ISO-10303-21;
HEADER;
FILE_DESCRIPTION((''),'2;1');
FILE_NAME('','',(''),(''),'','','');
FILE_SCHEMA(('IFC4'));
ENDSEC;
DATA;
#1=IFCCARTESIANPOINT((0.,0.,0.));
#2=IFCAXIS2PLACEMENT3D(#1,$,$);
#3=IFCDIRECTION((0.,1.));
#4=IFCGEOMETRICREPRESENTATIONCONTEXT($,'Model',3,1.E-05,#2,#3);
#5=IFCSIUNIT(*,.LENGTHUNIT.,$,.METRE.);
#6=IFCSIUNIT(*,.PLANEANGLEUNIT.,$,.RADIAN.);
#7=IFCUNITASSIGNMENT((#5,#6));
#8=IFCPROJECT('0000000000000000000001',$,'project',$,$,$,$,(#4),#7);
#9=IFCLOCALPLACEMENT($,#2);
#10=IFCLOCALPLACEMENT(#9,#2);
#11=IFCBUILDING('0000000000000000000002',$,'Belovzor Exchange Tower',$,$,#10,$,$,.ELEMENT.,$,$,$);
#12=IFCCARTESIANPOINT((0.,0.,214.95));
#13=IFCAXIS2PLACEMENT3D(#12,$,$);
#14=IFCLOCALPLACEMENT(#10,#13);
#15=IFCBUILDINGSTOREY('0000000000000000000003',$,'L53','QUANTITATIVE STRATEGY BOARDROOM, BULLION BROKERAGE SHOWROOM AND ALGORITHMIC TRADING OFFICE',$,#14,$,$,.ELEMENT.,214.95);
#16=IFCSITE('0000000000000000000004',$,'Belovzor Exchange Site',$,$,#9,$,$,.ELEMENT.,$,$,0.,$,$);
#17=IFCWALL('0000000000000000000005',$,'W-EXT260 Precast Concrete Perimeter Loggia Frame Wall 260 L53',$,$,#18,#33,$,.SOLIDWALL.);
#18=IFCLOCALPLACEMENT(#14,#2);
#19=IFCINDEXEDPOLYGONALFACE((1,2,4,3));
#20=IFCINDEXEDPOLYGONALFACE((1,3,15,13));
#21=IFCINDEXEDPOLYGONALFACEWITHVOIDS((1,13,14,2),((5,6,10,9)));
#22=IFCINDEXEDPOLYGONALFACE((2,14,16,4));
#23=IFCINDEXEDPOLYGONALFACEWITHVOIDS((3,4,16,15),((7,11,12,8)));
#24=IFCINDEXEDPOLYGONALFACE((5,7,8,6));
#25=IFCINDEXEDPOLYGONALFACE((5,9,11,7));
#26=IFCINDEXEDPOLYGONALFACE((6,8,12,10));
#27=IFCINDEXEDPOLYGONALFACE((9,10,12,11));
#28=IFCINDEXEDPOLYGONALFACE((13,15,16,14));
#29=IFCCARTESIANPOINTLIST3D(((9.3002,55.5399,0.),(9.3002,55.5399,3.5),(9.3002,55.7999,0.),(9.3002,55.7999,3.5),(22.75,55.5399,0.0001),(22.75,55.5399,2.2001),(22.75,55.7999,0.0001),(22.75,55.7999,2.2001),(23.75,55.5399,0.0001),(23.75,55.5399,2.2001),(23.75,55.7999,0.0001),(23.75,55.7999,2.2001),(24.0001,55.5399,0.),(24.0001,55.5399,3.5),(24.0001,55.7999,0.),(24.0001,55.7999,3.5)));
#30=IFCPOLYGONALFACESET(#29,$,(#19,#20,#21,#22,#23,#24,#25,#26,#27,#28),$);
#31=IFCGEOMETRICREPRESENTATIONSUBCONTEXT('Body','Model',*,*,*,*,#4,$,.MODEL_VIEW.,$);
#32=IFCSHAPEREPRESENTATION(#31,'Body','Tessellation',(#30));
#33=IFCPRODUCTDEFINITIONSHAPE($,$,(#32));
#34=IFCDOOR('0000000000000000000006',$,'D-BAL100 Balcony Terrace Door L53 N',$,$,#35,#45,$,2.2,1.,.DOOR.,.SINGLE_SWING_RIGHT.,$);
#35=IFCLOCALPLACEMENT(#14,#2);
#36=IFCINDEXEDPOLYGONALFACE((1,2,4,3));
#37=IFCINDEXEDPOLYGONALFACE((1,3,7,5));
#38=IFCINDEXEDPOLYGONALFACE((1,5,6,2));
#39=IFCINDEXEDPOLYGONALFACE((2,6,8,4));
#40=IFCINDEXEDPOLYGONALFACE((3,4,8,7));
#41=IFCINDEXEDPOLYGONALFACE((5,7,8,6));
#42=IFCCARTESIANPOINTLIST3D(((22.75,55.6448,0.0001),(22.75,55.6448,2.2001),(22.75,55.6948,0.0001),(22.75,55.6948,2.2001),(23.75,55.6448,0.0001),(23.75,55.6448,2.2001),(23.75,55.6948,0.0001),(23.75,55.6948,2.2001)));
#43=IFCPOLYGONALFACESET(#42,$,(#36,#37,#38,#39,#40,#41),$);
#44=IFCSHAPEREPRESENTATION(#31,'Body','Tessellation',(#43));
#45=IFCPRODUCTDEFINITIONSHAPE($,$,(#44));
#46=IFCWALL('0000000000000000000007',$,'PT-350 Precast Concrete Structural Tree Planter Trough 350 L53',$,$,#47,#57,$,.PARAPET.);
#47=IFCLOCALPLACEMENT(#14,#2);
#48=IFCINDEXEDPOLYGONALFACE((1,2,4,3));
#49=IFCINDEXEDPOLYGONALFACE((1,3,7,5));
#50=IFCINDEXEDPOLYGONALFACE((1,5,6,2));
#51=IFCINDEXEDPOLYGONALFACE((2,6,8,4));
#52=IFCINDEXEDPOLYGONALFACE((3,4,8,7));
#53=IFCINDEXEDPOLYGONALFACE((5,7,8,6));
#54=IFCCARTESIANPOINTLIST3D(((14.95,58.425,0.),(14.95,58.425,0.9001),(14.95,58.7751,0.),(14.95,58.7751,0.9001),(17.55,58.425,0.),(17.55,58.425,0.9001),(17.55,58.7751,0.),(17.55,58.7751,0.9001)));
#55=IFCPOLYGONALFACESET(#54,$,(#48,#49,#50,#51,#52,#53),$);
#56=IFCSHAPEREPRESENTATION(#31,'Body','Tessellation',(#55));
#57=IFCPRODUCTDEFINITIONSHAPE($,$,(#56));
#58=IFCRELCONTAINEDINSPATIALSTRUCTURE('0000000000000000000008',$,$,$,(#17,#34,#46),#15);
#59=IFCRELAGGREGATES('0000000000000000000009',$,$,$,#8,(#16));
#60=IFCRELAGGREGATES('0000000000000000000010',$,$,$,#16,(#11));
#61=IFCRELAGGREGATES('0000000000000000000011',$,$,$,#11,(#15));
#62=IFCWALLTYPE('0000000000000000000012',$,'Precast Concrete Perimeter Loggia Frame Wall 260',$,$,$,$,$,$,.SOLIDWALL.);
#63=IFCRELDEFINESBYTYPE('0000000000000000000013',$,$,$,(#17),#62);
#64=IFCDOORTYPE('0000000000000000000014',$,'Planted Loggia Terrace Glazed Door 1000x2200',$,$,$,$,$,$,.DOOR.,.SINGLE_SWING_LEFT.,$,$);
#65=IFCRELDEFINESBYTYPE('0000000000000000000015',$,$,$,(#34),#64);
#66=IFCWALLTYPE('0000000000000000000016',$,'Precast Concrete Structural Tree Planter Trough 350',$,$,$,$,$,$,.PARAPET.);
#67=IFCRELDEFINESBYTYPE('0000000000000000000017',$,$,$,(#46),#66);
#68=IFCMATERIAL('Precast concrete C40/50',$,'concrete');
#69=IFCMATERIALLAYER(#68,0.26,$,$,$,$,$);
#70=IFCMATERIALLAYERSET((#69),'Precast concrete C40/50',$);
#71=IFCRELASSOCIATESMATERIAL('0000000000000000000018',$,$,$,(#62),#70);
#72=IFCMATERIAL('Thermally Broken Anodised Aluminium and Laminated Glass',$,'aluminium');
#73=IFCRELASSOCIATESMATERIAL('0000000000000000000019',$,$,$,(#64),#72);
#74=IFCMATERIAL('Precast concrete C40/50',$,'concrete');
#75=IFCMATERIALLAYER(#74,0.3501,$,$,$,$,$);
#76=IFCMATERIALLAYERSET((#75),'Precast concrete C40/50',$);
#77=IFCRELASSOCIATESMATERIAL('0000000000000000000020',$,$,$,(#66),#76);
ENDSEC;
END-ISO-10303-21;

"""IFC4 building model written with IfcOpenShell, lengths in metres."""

from ifc_helpers import new_model, si_unit, direction, frame, frame_2d, origin, place, context, subcontext, project, spatial, rectangle, extrude, material, layer, layer_set, type_object, element, fill, save


model = new_model("IFC4")

# Units and contexts
model_context = context("Model", 3, precision=1e-05, world=origin(), true_north=direction((0.0, 1.0)))
body_context = subcontext(model_context, "Body", "Model", "MODEL_VIEW")
ifc_project = project(units=[si_unit("LENGTHUNIT", "METRE"), si_unit("PLANEANGLEUNIT", "RADIAN")], contexts=[model_context])

# Site, building, storey
site_placement = place(None, origin())
site = spatial("IfcSite", under=ifc_project, at=site_placement, Name="Belovzor Exchange Site", CompositionType="ELEMENT", RefElevation=0.0)
building_placement = place(site_placement, origin())
building = spatial("IfcBuilding", under=site, at=building_placement, Name="Belovzor Exchange Tower", CompositionType="ELEMENT")
storey_placement = place(building_placement, frame((0.0, 0.0, 214.95)))
storey = spatial("IfcBuildingStorey", under=building, at=storey_placement, Name="L53", Description="QUANTITATIVE STRATEGY BOARDROOM, BULLION BROKERAGE SHOWROOM AND ALGORITHMIC TRADING OFFICE", CompositionType="ELEMENT", Elevation=214.95)

# Wall, opening, door
ifc_material_1 = material(Name="Precast concrete C40/50", Category="concrete")
ifc_layer_1 = layer(ifc_material_1, 0.26)
ifc_layer_set_1 = layer_set([ifc_layer_1], Name="Precast concrete C40/50")
wall_type_1 = type_object("IfcWallType", Name="Precast Concrete Perimeter Loggia Frame Wall 260", PredefinedType="SOLIDWALL", material=ifc_layer_set_1)
wall_1_placement = place(storey_placement, frame((9.3, 55.6699, 0.0), z_axis=(0.0, 0.0, 1.0), x_axis=(1.0, 0.0, 0.0)))
wall_1 = element("IfcWall", 1, at=wall_1_placement, inside=storey, type_object=wall_type_1, Name="W-EXT260 Precast Concrete Perimeter Loggia Frame Wall 260 L53", PredefinedType="SOLIDWALL", context=body_context, shape_type="SweptSolid", body=[
    extrude(rectangle(XDim=14.7, YDim=0.26, at=frame_2d((7.3501, 0.0))), origin(), (0.0, 0.0, 1.0), 3.5),
])
opening_1_placement = place(wall_1_placement, frame((13.45, 0.0, 0.0)))
opening_1 = element("IfcOpeningElement", 2, at=opening_1_placement, cuts=wall_1, PredefinedType="OPENING", context=body_context, shape_type="SweptSolid", body=[
    extrude(rectangle(XDim=1.0, YDim=2.2, at=frame_2d((0.5, 1.1001))), frame((0.0, 0.1399, 0.0), z_axis=(0.0, -1.0, 0.0), x_axis=(1.0, 0.0, 0.0)), (0.0, 0.0, 1.0), 0.28),
])
ifc_material_2 = material(Name="Thermally Broken Anodised Aluminium and Laminated Glass", Category="aluminium")
door_type = type_object("IfcDoorType", Name="Planted Loggia Terrace Glazed Door 1000x2200", OperationType="SINGLE_SWING_LEFT", PredefinedType="DOOR", material=ifc_material_2)
door_placement = place(opening_1_placement, origin())
door = element("IfcDoor", 3, at=door_placement, inside=storey, type_object=door_type, Name="D-BAL100 Balcony Terrace Door L53 N", OperationType="SINGLE_SWING_RIGHT", OverallHeight=2.2, OverallWidth=1.0, PredefinedType="DOOR", context=body_context, shape_type="SweptSolid", body=[
    extrude(rectangle(XDim=1.0, YDim=2.2, at=frame_2d((0.5, 1.1001))), frame((0.0, 0.0249, 0.0), z_axis=(0.0, -1.0, 0.0), x_axis=(1.0, 0.0, 0.0)), (0.0, 0.0, 1.0), 0.05),
])
fill(opening_1, door)

# Wall
ifc_material_3 = material(Name="Precast concrete C40/50", Category="concrete")
ifc_layer_2 = layer(ifc_material_3, 0.3501)
ifc_layer_set_2 = layer_set([ifc_layer_2], Name="Precast concrete C40/50")
wall_type_2 = type_object("IfcWallType", Name="Precast Concrete Structural Tree Planter Trough 350", PredefinedType="PARAPET", material=ifc_layer_set_2)
wall_2_placement = place(storey_placement, frame((14.95, 58.6001, 0.0), z_axis=(0.0, 0.0, 1.0), x_axis=(1.0, 0.0, 0.0)))
element("IfcWall", 4, at=wall_2_placement, inside=storey, type_object=wall_type_2, Name="PT-350 Precast Concrete Structural Tree Planter Trough 350 L53", PredefinedType="PARAPET", context=body_context, shape_type="SweptSolid", body=[
    extrude(rectangle(XDim=2.6001, YDim=0.3501, at=frame_2d((1.3, 0.0))), origin(), (0.0, 0.0, 1.0), 0.9001),
])

save(model, "model.ifc")
